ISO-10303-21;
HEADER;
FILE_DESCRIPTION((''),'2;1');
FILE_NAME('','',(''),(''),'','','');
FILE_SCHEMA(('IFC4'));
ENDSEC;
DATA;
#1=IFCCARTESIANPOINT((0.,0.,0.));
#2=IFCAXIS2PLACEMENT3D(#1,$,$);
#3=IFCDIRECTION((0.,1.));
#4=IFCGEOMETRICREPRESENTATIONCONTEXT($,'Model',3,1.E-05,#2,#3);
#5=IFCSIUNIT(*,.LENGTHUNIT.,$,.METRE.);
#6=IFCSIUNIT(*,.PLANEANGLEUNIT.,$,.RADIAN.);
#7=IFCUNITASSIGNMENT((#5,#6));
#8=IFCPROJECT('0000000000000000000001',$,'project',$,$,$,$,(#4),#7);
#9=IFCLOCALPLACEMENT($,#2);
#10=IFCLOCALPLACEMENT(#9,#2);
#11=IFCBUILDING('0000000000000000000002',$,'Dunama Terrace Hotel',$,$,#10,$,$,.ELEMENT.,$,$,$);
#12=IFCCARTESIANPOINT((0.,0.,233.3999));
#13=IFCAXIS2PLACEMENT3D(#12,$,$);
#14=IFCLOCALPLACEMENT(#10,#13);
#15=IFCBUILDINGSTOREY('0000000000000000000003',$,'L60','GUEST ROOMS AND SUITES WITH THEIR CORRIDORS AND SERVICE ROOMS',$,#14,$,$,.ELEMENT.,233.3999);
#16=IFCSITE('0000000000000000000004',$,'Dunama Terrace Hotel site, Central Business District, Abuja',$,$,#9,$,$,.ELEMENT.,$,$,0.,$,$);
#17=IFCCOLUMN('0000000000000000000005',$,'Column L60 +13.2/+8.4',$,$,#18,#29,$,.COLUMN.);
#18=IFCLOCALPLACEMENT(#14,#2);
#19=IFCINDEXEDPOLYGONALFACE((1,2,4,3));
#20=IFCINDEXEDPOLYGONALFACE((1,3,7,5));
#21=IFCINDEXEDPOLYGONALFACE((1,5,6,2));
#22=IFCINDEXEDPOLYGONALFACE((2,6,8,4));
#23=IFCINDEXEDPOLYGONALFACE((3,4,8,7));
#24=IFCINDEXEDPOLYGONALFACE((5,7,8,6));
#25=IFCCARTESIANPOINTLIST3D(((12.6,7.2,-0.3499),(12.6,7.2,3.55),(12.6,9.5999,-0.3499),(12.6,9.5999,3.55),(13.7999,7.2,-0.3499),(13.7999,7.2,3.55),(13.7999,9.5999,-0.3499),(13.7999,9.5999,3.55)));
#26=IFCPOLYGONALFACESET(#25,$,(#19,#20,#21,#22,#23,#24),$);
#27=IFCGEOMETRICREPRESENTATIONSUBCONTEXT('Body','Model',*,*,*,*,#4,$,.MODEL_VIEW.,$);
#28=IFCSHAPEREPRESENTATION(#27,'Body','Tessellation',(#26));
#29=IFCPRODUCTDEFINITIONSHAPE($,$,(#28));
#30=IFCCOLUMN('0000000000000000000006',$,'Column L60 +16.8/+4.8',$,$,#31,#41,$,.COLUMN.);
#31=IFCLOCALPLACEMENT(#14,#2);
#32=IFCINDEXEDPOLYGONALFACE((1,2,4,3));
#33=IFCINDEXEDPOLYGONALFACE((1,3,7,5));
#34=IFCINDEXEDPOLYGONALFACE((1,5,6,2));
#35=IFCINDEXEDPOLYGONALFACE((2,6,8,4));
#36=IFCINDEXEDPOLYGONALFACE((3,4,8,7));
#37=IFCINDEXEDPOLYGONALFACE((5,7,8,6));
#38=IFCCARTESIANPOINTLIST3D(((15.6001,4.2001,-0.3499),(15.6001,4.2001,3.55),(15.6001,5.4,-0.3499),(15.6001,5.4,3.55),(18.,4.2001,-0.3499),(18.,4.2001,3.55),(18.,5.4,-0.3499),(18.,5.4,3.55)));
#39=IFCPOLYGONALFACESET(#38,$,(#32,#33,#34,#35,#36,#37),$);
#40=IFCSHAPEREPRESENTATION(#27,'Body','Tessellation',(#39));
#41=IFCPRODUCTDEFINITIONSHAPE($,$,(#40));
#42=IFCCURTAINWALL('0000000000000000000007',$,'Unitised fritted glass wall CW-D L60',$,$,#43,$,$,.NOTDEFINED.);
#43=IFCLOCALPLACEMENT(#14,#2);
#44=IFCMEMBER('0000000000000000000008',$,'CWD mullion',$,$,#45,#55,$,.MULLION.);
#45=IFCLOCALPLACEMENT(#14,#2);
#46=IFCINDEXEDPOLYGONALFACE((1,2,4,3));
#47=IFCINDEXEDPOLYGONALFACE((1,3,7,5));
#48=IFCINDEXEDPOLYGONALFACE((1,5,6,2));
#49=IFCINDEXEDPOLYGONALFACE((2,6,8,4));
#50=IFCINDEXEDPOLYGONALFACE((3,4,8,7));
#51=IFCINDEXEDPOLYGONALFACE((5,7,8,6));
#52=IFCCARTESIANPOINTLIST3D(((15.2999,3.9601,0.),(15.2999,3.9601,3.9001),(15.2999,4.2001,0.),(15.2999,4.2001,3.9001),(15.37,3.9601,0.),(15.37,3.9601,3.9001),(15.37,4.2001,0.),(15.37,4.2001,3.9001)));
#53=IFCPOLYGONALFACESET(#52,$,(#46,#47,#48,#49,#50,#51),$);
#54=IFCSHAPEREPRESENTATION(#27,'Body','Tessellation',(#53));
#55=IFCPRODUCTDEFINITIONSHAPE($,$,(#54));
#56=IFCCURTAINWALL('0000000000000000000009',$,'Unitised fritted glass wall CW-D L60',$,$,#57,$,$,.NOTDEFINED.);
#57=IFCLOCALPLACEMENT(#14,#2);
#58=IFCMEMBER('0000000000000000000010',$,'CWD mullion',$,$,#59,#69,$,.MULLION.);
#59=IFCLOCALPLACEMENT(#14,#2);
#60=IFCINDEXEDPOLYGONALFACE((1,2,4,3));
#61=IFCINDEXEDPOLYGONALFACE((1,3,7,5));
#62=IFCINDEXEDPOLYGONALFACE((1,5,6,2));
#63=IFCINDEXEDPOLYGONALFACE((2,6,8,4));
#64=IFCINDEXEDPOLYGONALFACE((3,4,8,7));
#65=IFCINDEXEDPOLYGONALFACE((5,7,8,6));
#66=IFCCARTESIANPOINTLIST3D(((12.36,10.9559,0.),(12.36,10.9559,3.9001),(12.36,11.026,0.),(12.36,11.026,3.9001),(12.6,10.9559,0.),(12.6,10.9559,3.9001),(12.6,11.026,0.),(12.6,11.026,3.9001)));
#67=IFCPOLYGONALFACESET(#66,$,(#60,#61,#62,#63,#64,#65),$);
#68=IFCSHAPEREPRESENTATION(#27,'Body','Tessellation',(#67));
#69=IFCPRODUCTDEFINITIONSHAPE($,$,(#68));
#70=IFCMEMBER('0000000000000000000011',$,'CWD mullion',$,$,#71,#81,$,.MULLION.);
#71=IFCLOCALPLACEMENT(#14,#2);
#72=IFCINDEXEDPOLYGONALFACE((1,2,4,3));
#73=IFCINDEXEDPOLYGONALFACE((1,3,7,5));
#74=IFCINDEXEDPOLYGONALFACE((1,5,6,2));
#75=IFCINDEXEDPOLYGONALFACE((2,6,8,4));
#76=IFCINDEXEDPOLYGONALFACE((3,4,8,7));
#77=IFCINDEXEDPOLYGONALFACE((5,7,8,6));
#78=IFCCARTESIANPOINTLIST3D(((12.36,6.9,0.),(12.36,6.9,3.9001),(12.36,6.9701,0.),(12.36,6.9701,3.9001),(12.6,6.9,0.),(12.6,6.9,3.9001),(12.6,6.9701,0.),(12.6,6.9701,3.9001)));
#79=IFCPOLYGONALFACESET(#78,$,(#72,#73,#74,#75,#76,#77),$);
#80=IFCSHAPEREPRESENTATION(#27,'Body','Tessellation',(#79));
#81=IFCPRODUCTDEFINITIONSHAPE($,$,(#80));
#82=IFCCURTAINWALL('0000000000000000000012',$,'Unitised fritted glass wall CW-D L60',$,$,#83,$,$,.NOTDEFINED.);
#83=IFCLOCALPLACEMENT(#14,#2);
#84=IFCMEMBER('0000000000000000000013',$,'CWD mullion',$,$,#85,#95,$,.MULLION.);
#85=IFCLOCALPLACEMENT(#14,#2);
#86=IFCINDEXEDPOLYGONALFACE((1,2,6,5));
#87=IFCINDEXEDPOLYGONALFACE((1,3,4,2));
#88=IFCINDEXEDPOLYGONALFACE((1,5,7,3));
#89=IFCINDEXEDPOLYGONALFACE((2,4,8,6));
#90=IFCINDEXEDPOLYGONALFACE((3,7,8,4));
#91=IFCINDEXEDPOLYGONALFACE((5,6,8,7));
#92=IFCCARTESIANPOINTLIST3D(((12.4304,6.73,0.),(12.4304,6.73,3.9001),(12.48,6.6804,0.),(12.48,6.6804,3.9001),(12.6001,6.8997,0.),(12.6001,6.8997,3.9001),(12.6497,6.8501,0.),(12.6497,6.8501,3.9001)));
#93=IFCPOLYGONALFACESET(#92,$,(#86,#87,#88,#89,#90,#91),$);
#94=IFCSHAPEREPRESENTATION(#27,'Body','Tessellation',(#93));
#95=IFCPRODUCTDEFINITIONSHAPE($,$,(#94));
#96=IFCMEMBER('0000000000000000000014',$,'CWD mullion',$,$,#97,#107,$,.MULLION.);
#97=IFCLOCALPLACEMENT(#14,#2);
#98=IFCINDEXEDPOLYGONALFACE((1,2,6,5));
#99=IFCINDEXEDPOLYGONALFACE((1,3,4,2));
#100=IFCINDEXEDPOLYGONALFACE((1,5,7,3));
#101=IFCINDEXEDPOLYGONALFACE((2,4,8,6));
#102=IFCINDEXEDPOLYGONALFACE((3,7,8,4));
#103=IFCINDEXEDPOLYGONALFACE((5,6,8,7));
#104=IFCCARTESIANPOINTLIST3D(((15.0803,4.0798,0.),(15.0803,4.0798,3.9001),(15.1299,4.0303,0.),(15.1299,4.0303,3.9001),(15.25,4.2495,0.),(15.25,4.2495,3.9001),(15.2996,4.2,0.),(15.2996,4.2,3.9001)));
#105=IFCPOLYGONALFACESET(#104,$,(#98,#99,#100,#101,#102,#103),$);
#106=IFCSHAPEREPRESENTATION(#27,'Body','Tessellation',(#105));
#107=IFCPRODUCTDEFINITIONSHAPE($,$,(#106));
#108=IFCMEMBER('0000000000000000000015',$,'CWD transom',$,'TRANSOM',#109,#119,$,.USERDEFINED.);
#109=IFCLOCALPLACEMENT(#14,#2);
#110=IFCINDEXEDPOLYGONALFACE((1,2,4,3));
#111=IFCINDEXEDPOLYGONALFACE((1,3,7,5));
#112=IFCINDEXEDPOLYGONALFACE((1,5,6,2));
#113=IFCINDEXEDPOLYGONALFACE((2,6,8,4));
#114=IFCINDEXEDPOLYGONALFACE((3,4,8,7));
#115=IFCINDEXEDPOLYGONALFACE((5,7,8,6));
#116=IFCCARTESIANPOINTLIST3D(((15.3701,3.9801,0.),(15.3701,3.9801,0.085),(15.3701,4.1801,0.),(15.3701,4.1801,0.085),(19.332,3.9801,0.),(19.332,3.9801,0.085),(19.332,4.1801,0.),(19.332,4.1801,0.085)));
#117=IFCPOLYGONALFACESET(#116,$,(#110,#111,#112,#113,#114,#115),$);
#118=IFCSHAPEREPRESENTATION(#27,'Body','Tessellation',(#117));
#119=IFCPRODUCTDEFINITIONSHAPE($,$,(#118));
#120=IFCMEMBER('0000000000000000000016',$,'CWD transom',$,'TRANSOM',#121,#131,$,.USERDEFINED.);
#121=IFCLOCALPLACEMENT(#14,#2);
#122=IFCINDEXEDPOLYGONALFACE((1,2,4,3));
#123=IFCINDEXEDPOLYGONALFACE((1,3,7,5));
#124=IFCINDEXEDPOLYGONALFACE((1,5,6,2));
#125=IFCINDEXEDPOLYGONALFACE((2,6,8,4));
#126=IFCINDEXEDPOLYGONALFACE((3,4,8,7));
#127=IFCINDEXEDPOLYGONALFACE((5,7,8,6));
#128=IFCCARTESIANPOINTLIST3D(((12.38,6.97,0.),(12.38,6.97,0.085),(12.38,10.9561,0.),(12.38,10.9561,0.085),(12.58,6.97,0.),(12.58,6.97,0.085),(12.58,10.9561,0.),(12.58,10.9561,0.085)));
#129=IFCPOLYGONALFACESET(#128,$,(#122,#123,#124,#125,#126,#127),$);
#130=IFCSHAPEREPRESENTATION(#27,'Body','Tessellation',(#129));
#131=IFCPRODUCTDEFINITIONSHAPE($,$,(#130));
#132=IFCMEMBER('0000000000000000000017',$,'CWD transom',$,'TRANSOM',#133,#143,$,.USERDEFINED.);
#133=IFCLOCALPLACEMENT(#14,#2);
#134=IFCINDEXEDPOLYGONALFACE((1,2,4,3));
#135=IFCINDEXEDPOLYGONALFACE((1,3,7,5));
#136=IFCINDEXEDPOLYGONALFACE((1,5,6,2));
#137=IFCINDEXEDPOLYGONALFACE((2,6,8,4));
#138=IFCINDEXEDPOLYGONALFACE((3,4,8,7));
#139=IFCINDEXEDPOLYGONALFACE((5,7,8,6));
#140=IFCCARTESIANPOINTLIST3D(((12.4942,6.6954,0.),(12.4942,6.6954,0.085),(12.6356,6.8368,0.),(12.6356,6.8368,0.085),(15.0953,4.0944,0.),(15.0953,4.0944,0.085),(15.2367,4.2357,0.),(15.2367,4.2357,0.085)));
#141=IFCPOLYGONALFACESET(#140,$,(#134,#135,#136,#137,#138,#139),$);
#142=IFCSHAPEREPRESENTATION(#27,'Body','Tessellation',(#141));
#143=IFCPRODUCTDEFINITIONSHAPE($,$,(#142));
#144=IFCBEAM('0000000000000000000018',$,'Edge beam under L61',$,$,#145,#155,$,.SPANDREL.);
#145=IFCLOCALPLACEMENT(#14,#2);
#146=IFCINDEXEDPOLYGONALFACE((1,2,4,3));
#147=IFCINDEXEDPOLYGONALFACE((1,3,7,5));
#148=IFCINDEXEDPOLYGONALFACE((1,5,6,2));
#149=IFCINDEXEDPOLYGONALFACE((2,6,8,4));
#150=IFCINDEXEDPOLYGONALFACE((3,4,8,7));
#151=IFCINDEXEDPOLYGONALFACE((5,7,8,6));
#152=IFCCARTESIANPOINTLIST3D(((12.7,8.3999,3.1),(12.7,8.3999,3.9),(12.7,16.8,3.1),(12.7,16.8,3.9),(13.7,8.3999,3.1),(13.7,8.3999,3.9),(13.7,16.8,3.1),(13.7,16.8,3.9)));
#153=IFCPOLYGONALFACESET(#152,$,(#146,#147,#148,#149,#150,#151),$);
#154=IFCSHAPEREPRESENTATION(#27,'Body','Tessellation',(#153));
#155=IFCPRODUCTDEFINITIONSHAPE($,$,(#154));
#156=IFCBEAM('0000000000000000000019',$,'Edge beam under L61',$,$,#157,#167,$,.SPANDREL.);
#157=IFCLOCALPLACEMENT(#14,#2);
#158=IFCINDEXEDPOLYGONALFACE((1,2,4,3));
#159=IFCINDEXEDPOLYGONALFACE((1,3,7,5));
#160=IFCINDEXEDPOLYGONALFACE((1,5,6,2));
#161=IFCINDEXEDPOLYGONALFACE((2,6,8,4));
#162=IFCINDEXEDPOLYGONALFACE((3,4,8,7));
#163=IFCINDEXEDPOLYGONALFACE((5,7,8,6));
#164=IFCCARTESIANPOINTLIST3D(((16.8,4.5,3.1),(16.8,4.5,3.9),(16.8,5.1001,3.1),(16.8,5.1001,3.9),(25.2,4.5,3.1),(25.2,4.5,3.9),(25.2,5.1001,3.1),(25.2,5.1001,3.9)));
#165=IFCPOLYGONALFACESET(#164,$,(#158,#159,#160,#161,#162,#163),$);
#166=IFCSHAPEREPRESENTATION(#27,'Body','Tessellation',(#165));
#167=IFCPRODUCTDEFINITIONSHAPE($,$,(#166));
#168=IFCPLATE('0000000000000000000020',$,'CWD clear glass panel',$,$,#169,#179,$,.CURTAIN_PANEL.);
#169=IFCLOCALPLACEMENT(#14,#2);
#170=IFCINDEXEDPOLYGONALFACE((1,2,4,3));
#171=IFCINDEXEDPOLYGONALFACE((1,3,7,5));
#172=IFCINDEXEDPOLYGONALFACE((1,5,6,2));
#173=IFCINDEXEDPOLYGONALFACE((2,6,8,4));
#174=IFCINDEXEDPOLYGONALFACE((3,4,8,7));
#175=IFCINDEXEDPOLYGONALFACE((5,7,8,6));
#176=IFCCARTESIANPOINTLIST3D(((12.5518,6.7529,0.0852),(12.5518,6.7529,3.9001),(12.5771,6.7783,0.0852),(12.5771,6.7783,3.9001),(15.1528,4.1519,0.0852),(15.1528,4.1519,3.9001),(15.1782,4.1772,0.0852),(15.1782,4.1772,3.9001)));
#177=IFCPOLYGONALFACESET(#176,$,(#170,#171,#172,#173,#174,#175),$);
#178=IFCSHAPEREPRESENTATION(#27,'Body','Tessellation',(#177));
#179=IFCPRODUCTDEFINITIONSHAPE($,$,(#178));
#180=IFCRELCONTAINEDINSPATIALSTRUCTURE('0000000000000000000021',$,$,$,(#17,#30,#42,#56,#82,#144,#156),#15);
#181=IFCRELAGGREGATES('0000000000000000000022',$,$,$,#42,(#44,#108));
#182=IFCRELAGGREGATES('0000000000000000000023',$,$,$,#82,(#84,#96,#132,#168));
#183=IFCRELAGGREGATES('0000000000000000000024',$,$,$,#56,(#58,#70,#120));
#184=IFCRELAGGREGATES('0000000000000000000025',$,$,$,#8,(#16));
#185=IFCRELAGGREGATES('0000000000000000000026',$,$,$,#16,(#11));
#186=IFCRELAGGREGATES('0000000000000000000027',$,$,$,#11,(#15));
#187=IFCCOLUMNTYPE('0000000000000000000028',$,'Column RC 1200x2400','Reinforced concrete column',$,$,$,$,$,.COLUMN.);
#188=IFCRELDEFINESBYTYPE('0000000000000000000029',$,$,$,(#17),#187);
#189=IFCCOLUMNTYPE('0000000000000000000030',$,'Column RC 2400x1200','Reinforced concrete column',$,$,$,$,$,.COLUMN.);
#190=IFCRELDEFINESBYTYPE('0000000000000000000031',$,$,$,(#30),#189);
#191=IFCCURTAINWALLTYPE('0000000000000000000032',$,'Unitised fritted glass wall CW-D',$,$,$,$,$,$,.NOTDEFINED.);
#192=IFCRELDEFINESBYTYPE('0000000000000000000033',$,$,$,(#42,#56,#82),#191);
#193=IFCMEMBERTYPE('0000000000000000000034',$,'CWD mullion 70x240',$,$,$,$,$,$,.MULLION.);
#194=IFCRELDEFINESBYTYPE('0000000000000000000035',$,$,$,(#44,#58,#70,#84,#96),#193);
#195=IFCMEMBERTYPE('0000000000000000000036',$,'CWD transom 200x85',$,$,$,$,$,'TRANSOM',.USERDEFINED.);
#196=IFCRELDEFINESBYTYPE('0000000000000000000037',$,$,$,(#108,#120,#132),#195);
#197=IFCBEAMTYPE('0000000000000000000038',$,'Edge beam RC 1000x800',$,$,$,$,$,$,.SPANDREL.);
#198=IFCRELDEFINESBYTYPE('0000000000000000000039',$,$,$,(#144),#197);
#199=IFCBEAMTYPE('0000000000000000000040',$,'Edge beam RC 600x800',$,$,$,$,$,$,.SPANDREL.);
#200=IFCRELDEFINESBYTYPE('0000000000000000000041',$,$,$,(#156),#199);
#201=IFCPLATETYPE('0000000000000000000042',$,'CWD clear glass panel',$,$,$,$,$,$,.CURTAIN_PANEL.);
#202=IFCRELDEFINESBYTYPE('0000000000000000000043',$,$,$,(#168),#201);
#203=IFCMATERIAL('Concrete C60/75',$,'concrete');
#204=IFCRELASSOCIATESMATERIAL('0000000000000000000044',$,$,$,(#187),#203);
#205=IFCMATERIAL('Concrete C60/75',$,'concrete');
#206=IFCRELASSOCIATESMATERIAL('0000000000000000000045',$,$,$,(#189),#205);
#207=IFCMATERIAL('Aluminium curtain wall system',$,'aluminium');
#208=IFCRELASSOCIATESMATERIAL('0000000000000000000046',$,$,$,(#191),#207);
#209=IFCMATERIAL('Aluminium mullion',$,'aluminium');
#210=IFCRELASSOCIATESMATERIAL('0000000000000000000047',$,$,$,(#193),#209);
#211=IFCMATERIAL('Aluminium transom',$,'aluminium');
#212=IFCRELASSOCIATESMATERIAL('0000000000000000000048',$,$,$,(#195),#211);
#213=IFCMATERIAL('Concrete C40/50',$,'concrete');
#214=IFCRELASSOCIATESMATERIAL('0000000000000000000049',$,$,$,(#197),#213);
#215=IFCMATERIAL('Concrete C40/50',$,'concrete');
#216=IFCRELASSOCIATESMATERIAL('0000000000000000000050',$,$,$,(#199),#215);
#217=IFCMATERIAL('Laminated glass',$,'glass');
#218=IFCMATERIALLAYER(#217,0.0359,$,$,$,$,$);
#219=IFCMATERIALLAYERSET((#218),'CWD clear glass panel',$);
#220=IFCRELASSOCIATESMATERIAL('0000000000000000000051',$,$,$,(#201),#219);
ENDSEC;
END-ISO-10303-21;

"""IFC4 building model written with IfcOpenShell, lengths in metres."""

from ifc_helpers import new_model, si_unit, direction, frame, origin, origin_2d, place, context, subcontext, project, spatial, rectangle, extrude, material, layer, layer_set, material_profile, profile_set, type_object, element, aggregate, save


model = new_model("IFC4")

# Units and contexts
model_context = context("Model", 3, precision=1e-05, world=origin(), true_north=direction((0.0, 1.0)))
body_context = subcontext(model_context, "Body", "Model", "MODEL_VIEW")
ifc_project = project(units=[si_unit("LENGTHUNIT", "METRE"), si_unit("PLANEANGLEUNIT", "RADIAN")], contexts=[model_context])

# Site, building, storey
site_placement = place(None, origin())
site = spatial("IfcSite", under=ifc_project, at=site_placement, Name="Dunama Terrace Hotel site, Central Business District, Abuja", CompositionType="ELEMENT", RefElevation=0.0)
building_placement = place(site_placement, origin())
building = spatial("IfcBuilding", under=site, at=building_placement, Name="Dunama Terrace Hotel", CompositionType="ELEMENT")
storey_placement = place(building_placement, frame((0.0, 0.0, 233.3999)))
storey = spatial("IfcBuildingStorey", under=building, at=storey_placement, Name="L60", Description="GUEST ROOMS AND SUITES WITH THEIR CORRIDORS AND SERVICE ROOMS", CompositionType="ELEMENT", Elevation=233.3999)

# Columns
ifc_material_1 = material(Name="Concrete C60/75", Category="concrete")
ifc_material_profile_1 = material_profile(ifc_material_1, rectangle(XDim=1.2, YDim=2.3999, at=origin_2d()), Name="RC 1200x2400")
ifc_profile_set_1 = profile_set([ifc_material_profile_1], Name="Concrete C60/75")
column_type_1 = type_object("IfcColumnType", Name="Column RC 1200x2400", Description="Reinforced concrete column", PredefinedType="COLUMN", material=ifc_profile_set_1)
column_1_placement = place(storey_placement, frame((13.2, 8.3999, -0.3499), z_axis=(0.0, 0.0, 1.0), x_axis=(1.0, 0.0, 0.0)))
element("IfcColumn", 1, at=column_1_placement, inside=storey, type_object=column_type_1, Name="Column L60 +13.2/+8.4", PredefinedType="COLUMN", context=body_context, shape_type="SweptSolid", body=[
    extrude(rectangle(XDim=1.2, YDim=2.3999, at=origin_2d()), origin(), (0.0, 0.0, 1.0), 3.8999),
])
ifc_material_2 = material(Name="Concrete C60/75", Category="concrete")
ifc_material_profile_2 = material_profile(ifc_material_2, rectangle(XDim=2.3999, YDim=1.2, at=origin_2d()), Name="RC 2400x1200")
ifc_profile_set_2 = profile_set([ifc_material_profile_2], Name="Concrete C60/75")
column_type_2 = type_object("IfcColumnType", Name="Column RC 2400x1200", Description="Reinforced concrete column", PredefinedType="COLUMN", material=ifc_profile_set_2)
column_2_placement = place(storey_placement, frame((16.8, 4.8, -0.3499), z_axis=(0.0, 0.0, 1.0), x_axis=(1.0, 0.0, 0.0)))
element("IfcColumn", 2, at=column_2_placement, inside=storey, type_object=column_type_2, Name="Column L60 +16.8/+4.8", PredefinedType="COLUMN", context=body_context, shape_type="SweptSolid", body=[
    extrude(rectangle(XDim=2.3999, YDim=1.2, at=origin_2d()), origin(), (0.0, 0.0, 1.0), 3.8999),
])

# Curtain wall, member
ifc_material_3 = material(Name="Aluminium curtain wall system", Category="aluminium")
curtain_wall_type = type_object("IfcCurtainWallType", Name="Unitised fritted glass wall CW-D", PredefinedType="NOTDEFINED", material=ifc_material_3)
curtain_wall_1_placement = place(storey_placement, origin())
curtain_wall_1 = element("IfcCurtainWall", 3, at=curtain_wall_1_placement, inside=storey, type_object=curtain_wall_type, Name="Unitised fritted glass wall CW-D L60", PredefinedType="NOTDEFINED")
ifc_material_4 = material(Name="Aluminium mullion", Category="aluminium")
ifc_material_profile_3 = material_profile(ifc_material_4, rectangle(XDim=0.0701, YDim=0.24, at=origin_2d()), Name="CWD MULLION 70X240")
ifc_profile_set_3 = profile_set([ifc_material_profile_3], Name="Aluminium mullion")
member_type_1 = type_object("IfcMemberType", Name="CWD mullion 70x240", PredefinedType="MULLION", material=ifc_profile_set_3)
member_1_placement = place(storey_placement, frame((15.335, 4.0801, 0.0), z_axis=(0.0, 0.0, 1.0), x_axis=(1.0, 0.0, 0.0)))
member_1 = element("IfcMember", 4, at=member_1_placement, type_object=member_type_1, Name="CWD mullion", PredefinedType="MULLION", context=body_context, shape_type="SweptSolid", body=[
    extrude(rectangle(XDim=0.0701, YDim=0.24, at=origin_2d()), origin(), (0.0, 0.0, 1.0), 3.9001),
])

# Curtain walls, members
curtain_wall_2_placement = place(storey_placement, origin())
curtain_wall_2 = element("IfcCurtainWall", 5, at=curtain_wall_2_placement, inside=storey, type_object=curtain_wall_type, Name="Unitised fritted glass wall CW-D L60", PredefinedType="NOTDEFINED")
member_2_placement = place(storey_placement, frame((12.48, 10.991, 0.0), z_axis=(0.0, 0.0, 1.0), x_axis=(0.0, -1.0, 0.0)))
member_2 = element("IfcMember", 6, at=member_2_placement, type_object=member_type_1, Name="CWD mullion", PredefinedType="MULLION", context=body_context, shape_type="SweptSolid", body=[
    extrude(rectangle(XDim=0.0701, YDim=0.24, at=origin_2d()), origin(), (0.0, 0.0, 1.0), 3.9001),
])
member_3_placement = place(storey_placement, frame((12.48, 6.9351, 0.0), z_axis=(0.0, 0.0, 1.0), x_axis=(0.0, -1.0, 0.0)))
member_3 = element("IfcMember", 7, at=member_3_placement, type_object=member_type_1, Name="CWD mullion", PredefinedType="MULLION", context=body_context, shape_type="SweptSolid", body=[
    extrude(rectangle(XDim=0.0701, YDim=0.24, at=origin_2d()), origin(), (0.0, 0.0, 1.0), 3.9001),
])
curtain_wall_3_placement = place(storey_placement, origin())
curtain_wall_3 = element("IfcCurtainWall", 8, at=curtain_wall_3_placement, inside=storey, type_object=curtain_wall_type, Name="Unitised fritted glass wall CW-D L60", PredefinedType="NOTDEFINED")
member_4_placement = place(storey_placement, frame((12.54, 6.79, 0.0), z_axis=(0.0, 0.0, 1.0), x_axis=(0.707107, -0.707107, 0.0)))
member_4 = element("IfcMember", 9, at=member_4_placement, type_object=member_type_1, Name="CWD mullion", PredefinedType="MULLION", context=body_context, shape_type="SweptSolid", body=[
    extrude(rectangle(XDim=0.0701, YDim=0.24, at=origin_2d()), origin(), (0.0, 0.0, 1.0), 3.9001),
])
member_5_placement = place(storey_placement, frame((15.1899, 4.1399, 0.0), z_axis=(0.0, 0.0, 1.0), x_axis=(0.707107, -0.707107, 0.0)))
member_5 = element("IfcMember", 10, at=member_5_placement, type_object=member_type_1, Name="CWD mullion", PredefinedType="MULLION", context=body_context, shape_type="SweptSolid", body=[
    extrude(rectangle(XDim=0.0701, YDim=0.24, at=origin_2d()), origin(), (0.0, 0.0, 1.0), 3.9001),
])

# Members
ifc_material_5 = material(Name="Aluminium transom", Category="aluminium")
ifc_material_profile_4 = material_profile(ifc_material_5, rectangle(XDim=0.2, YDim=0.085, at=origin_2d()), Name="CWD TRANSOM 200X85")
ifc_profile_set_4 = profile_set([ifc_material_profile_4], Name="Aluminium transom")
member_type_2 = type_object("IfcMemberType", Name="CWD transom 200x85", ElementType="TRANSOM", PredefinedType="USERDEFINED", material=ifc_profile_set_4)
member_6_placement = place(storey_placement, frame((15.3701, 4.0801, 0.0425), z_axis=(1.0, 0.0, 0.0), x_axis=(0.0, 1.0, 0.0)))
member_6 = element("IfcMember", 11, at=member_6_placement, type_object=member_type_2, Name="CWD transom", ObjectType="TRANSOM", PredefinedType="USERDEFINED", context=body_context, shape_type="SweptSolid", body=[
    extrude(rectangle(XDim=0.2, YDim=0.085, at=origin_2d()), origin(), (0.0, 0.0, 1.0), 3.9619),
])
aggregate(curtain_wall_1, [member_1, member_6])
member_7_placement = place(storey_placement, frame((12.48, 10.9561, 0.0425), z_axis=(0.0, -1.0, 0.0), x_axis=(1.0, 0.0, 0.0)))
member_7 = element("IfcMember", 12, at=member_7_placement, type_object=member_type_2, Name="CWD transom", ObjectType="TRANSOM", PredefinedType="USERDEFINED", context=body_context, shape_type="SweptSolid", body=[
    extrude(rectangle(XDim=0.2, YDim=0.085, at=origin_2d()), origin(), (0.0, 0.0, 1.0), 3.9861),
])
member_8_placement = place(storey_placement, frame((12.5649, 6.7661, 0.0425), z_axis=(0.707107, -0.707107, 0.0), x_axis=(0.707107, 0.707107, 0.0)))
member_8 = element("IfcMember", 13, at=member_8_placement, type_object=member_type_2, Name="CWD transom", ObjectType="TRANSOM", PredefinedType="USERDEFINED", context=body_context, shape_type="SweptSolid", body=[
    extrude(rectangle(XDim=0.2, YDim=0.085, at=origin_2d()), origin(), (0.0, 0.0, 1.0), 3.6785),
])

# Beams
ifc_material_6 = material(Name="Concrete C40/50", Category="concrete")
ifc_material_profile_5 = material_profile(ifc_material_6, rectangle(XDim=1.0, YDim=0.8, at=origin_2d()), Name="RC 1000x800")
ifc_profile_set_5 = profile_set([ifc_material_profile_5], Name="Concrete C40/50")
beam_type_1 = type_object("IfcBeamType", Name="Edge beam RC 1000x800", PredefinedType="SPANDREL", material=ifc_profile_set_5)
beam_1_placement = place(storey_placement, frame((13.2, 8.3999, 3.5), z_axis=(0.0, 1.0, 0.0), x_axis=(-1.0, 0.0, 0.0)))
element("IfcBeam", 14, at=beam_1_placement, inside=storey, type_object=beam_type_1, Name="Edge beam under L61", PredefinedType="SPANDREL", context=body_context, shape_type="SweptSolid", body=[
    extrude(rectangle(XDim=1.0, YDim=0.8, at=origin_2d()), origin(), (0.0, 0.0, 1.0), 8.4001),
])
ifc_material_7 = material(Name="Concrete C40/50", Category="concrete")
ifc_material_profile_6 = material_profile(ifc_material_7, rectangle(XDim=0.6001, YDim=0.8, at=origin_2d()), Name="RC 600x800")
ifc_profile_set_6 = profile_set([ifc_material_profile_6], Name="Concrete C40/50")
beam_type_2 = type_object("IfcBeamType", Name="Edge beam RC 600x800", PredefinedType="SPANDREL", material=ifc_profile_set_6)
beam_2_placement = place(storey_placement, frame((16.8, 4.8, 3.5), z_axis=(1.0, 0.0, 0.0), x_axis=(0.0, 1.0, 0.0)))
element("IfcBeam", 15, at=beam_2_placement, inside=storey, type_object=beam_type_2, Name="Edge beam under L61", PredefinedType="SPANDREL", context=body_context, shape_type="SweptSolid", body=[
    extrude(rectangle(XDim=0.6001, YDim=0.8, at=origin_2d()), origin(), (0.0, 0.0, 1.0), 8.3999),
])

# Plate
ifc_material_8 = material(Name="Laminated glass", Category="glass")
ifc_layer_1 = layer(ifc_material_8, 0.0359)
ifc_layer_set_1 = layer_set([ifc_layer_1], Name="CWD clear glass panel")
plate_type_1 = type_object("IfcPlateType", Name="CWD clear glass panel", PredefinedType="CURTAIN_PANEL", material=ifc_layer_set_1)
plate_1_placement = place(storey_placement, frame((13.865, 5.4651, 0.0852), z_axis=(0.0, 0.0, 1.0), x_axis=(0.707107, -0.707107, 0.0)))
plate_1 = element("IfcPlate", 16, at=plate_1_placement, type_object=plate_type_1, Name="CWD clear glass panel", PredefinedType="CURTAIN_PANEL", context=body_context, shape_type="SweptSolid", body=[
    extrude(rectangle(XDim=3.6785, YDim=0.0359, at=origin_2d()), origin(), (0.0, 0.0, 1.0), 3.8149),
])
aggregate(curtain_wall_3, [member_4, member_5, member_8, plate_1])
aggregate(curtain_wall_2, [member_2, member_3, member_7])

save(model, "model.ifc")
